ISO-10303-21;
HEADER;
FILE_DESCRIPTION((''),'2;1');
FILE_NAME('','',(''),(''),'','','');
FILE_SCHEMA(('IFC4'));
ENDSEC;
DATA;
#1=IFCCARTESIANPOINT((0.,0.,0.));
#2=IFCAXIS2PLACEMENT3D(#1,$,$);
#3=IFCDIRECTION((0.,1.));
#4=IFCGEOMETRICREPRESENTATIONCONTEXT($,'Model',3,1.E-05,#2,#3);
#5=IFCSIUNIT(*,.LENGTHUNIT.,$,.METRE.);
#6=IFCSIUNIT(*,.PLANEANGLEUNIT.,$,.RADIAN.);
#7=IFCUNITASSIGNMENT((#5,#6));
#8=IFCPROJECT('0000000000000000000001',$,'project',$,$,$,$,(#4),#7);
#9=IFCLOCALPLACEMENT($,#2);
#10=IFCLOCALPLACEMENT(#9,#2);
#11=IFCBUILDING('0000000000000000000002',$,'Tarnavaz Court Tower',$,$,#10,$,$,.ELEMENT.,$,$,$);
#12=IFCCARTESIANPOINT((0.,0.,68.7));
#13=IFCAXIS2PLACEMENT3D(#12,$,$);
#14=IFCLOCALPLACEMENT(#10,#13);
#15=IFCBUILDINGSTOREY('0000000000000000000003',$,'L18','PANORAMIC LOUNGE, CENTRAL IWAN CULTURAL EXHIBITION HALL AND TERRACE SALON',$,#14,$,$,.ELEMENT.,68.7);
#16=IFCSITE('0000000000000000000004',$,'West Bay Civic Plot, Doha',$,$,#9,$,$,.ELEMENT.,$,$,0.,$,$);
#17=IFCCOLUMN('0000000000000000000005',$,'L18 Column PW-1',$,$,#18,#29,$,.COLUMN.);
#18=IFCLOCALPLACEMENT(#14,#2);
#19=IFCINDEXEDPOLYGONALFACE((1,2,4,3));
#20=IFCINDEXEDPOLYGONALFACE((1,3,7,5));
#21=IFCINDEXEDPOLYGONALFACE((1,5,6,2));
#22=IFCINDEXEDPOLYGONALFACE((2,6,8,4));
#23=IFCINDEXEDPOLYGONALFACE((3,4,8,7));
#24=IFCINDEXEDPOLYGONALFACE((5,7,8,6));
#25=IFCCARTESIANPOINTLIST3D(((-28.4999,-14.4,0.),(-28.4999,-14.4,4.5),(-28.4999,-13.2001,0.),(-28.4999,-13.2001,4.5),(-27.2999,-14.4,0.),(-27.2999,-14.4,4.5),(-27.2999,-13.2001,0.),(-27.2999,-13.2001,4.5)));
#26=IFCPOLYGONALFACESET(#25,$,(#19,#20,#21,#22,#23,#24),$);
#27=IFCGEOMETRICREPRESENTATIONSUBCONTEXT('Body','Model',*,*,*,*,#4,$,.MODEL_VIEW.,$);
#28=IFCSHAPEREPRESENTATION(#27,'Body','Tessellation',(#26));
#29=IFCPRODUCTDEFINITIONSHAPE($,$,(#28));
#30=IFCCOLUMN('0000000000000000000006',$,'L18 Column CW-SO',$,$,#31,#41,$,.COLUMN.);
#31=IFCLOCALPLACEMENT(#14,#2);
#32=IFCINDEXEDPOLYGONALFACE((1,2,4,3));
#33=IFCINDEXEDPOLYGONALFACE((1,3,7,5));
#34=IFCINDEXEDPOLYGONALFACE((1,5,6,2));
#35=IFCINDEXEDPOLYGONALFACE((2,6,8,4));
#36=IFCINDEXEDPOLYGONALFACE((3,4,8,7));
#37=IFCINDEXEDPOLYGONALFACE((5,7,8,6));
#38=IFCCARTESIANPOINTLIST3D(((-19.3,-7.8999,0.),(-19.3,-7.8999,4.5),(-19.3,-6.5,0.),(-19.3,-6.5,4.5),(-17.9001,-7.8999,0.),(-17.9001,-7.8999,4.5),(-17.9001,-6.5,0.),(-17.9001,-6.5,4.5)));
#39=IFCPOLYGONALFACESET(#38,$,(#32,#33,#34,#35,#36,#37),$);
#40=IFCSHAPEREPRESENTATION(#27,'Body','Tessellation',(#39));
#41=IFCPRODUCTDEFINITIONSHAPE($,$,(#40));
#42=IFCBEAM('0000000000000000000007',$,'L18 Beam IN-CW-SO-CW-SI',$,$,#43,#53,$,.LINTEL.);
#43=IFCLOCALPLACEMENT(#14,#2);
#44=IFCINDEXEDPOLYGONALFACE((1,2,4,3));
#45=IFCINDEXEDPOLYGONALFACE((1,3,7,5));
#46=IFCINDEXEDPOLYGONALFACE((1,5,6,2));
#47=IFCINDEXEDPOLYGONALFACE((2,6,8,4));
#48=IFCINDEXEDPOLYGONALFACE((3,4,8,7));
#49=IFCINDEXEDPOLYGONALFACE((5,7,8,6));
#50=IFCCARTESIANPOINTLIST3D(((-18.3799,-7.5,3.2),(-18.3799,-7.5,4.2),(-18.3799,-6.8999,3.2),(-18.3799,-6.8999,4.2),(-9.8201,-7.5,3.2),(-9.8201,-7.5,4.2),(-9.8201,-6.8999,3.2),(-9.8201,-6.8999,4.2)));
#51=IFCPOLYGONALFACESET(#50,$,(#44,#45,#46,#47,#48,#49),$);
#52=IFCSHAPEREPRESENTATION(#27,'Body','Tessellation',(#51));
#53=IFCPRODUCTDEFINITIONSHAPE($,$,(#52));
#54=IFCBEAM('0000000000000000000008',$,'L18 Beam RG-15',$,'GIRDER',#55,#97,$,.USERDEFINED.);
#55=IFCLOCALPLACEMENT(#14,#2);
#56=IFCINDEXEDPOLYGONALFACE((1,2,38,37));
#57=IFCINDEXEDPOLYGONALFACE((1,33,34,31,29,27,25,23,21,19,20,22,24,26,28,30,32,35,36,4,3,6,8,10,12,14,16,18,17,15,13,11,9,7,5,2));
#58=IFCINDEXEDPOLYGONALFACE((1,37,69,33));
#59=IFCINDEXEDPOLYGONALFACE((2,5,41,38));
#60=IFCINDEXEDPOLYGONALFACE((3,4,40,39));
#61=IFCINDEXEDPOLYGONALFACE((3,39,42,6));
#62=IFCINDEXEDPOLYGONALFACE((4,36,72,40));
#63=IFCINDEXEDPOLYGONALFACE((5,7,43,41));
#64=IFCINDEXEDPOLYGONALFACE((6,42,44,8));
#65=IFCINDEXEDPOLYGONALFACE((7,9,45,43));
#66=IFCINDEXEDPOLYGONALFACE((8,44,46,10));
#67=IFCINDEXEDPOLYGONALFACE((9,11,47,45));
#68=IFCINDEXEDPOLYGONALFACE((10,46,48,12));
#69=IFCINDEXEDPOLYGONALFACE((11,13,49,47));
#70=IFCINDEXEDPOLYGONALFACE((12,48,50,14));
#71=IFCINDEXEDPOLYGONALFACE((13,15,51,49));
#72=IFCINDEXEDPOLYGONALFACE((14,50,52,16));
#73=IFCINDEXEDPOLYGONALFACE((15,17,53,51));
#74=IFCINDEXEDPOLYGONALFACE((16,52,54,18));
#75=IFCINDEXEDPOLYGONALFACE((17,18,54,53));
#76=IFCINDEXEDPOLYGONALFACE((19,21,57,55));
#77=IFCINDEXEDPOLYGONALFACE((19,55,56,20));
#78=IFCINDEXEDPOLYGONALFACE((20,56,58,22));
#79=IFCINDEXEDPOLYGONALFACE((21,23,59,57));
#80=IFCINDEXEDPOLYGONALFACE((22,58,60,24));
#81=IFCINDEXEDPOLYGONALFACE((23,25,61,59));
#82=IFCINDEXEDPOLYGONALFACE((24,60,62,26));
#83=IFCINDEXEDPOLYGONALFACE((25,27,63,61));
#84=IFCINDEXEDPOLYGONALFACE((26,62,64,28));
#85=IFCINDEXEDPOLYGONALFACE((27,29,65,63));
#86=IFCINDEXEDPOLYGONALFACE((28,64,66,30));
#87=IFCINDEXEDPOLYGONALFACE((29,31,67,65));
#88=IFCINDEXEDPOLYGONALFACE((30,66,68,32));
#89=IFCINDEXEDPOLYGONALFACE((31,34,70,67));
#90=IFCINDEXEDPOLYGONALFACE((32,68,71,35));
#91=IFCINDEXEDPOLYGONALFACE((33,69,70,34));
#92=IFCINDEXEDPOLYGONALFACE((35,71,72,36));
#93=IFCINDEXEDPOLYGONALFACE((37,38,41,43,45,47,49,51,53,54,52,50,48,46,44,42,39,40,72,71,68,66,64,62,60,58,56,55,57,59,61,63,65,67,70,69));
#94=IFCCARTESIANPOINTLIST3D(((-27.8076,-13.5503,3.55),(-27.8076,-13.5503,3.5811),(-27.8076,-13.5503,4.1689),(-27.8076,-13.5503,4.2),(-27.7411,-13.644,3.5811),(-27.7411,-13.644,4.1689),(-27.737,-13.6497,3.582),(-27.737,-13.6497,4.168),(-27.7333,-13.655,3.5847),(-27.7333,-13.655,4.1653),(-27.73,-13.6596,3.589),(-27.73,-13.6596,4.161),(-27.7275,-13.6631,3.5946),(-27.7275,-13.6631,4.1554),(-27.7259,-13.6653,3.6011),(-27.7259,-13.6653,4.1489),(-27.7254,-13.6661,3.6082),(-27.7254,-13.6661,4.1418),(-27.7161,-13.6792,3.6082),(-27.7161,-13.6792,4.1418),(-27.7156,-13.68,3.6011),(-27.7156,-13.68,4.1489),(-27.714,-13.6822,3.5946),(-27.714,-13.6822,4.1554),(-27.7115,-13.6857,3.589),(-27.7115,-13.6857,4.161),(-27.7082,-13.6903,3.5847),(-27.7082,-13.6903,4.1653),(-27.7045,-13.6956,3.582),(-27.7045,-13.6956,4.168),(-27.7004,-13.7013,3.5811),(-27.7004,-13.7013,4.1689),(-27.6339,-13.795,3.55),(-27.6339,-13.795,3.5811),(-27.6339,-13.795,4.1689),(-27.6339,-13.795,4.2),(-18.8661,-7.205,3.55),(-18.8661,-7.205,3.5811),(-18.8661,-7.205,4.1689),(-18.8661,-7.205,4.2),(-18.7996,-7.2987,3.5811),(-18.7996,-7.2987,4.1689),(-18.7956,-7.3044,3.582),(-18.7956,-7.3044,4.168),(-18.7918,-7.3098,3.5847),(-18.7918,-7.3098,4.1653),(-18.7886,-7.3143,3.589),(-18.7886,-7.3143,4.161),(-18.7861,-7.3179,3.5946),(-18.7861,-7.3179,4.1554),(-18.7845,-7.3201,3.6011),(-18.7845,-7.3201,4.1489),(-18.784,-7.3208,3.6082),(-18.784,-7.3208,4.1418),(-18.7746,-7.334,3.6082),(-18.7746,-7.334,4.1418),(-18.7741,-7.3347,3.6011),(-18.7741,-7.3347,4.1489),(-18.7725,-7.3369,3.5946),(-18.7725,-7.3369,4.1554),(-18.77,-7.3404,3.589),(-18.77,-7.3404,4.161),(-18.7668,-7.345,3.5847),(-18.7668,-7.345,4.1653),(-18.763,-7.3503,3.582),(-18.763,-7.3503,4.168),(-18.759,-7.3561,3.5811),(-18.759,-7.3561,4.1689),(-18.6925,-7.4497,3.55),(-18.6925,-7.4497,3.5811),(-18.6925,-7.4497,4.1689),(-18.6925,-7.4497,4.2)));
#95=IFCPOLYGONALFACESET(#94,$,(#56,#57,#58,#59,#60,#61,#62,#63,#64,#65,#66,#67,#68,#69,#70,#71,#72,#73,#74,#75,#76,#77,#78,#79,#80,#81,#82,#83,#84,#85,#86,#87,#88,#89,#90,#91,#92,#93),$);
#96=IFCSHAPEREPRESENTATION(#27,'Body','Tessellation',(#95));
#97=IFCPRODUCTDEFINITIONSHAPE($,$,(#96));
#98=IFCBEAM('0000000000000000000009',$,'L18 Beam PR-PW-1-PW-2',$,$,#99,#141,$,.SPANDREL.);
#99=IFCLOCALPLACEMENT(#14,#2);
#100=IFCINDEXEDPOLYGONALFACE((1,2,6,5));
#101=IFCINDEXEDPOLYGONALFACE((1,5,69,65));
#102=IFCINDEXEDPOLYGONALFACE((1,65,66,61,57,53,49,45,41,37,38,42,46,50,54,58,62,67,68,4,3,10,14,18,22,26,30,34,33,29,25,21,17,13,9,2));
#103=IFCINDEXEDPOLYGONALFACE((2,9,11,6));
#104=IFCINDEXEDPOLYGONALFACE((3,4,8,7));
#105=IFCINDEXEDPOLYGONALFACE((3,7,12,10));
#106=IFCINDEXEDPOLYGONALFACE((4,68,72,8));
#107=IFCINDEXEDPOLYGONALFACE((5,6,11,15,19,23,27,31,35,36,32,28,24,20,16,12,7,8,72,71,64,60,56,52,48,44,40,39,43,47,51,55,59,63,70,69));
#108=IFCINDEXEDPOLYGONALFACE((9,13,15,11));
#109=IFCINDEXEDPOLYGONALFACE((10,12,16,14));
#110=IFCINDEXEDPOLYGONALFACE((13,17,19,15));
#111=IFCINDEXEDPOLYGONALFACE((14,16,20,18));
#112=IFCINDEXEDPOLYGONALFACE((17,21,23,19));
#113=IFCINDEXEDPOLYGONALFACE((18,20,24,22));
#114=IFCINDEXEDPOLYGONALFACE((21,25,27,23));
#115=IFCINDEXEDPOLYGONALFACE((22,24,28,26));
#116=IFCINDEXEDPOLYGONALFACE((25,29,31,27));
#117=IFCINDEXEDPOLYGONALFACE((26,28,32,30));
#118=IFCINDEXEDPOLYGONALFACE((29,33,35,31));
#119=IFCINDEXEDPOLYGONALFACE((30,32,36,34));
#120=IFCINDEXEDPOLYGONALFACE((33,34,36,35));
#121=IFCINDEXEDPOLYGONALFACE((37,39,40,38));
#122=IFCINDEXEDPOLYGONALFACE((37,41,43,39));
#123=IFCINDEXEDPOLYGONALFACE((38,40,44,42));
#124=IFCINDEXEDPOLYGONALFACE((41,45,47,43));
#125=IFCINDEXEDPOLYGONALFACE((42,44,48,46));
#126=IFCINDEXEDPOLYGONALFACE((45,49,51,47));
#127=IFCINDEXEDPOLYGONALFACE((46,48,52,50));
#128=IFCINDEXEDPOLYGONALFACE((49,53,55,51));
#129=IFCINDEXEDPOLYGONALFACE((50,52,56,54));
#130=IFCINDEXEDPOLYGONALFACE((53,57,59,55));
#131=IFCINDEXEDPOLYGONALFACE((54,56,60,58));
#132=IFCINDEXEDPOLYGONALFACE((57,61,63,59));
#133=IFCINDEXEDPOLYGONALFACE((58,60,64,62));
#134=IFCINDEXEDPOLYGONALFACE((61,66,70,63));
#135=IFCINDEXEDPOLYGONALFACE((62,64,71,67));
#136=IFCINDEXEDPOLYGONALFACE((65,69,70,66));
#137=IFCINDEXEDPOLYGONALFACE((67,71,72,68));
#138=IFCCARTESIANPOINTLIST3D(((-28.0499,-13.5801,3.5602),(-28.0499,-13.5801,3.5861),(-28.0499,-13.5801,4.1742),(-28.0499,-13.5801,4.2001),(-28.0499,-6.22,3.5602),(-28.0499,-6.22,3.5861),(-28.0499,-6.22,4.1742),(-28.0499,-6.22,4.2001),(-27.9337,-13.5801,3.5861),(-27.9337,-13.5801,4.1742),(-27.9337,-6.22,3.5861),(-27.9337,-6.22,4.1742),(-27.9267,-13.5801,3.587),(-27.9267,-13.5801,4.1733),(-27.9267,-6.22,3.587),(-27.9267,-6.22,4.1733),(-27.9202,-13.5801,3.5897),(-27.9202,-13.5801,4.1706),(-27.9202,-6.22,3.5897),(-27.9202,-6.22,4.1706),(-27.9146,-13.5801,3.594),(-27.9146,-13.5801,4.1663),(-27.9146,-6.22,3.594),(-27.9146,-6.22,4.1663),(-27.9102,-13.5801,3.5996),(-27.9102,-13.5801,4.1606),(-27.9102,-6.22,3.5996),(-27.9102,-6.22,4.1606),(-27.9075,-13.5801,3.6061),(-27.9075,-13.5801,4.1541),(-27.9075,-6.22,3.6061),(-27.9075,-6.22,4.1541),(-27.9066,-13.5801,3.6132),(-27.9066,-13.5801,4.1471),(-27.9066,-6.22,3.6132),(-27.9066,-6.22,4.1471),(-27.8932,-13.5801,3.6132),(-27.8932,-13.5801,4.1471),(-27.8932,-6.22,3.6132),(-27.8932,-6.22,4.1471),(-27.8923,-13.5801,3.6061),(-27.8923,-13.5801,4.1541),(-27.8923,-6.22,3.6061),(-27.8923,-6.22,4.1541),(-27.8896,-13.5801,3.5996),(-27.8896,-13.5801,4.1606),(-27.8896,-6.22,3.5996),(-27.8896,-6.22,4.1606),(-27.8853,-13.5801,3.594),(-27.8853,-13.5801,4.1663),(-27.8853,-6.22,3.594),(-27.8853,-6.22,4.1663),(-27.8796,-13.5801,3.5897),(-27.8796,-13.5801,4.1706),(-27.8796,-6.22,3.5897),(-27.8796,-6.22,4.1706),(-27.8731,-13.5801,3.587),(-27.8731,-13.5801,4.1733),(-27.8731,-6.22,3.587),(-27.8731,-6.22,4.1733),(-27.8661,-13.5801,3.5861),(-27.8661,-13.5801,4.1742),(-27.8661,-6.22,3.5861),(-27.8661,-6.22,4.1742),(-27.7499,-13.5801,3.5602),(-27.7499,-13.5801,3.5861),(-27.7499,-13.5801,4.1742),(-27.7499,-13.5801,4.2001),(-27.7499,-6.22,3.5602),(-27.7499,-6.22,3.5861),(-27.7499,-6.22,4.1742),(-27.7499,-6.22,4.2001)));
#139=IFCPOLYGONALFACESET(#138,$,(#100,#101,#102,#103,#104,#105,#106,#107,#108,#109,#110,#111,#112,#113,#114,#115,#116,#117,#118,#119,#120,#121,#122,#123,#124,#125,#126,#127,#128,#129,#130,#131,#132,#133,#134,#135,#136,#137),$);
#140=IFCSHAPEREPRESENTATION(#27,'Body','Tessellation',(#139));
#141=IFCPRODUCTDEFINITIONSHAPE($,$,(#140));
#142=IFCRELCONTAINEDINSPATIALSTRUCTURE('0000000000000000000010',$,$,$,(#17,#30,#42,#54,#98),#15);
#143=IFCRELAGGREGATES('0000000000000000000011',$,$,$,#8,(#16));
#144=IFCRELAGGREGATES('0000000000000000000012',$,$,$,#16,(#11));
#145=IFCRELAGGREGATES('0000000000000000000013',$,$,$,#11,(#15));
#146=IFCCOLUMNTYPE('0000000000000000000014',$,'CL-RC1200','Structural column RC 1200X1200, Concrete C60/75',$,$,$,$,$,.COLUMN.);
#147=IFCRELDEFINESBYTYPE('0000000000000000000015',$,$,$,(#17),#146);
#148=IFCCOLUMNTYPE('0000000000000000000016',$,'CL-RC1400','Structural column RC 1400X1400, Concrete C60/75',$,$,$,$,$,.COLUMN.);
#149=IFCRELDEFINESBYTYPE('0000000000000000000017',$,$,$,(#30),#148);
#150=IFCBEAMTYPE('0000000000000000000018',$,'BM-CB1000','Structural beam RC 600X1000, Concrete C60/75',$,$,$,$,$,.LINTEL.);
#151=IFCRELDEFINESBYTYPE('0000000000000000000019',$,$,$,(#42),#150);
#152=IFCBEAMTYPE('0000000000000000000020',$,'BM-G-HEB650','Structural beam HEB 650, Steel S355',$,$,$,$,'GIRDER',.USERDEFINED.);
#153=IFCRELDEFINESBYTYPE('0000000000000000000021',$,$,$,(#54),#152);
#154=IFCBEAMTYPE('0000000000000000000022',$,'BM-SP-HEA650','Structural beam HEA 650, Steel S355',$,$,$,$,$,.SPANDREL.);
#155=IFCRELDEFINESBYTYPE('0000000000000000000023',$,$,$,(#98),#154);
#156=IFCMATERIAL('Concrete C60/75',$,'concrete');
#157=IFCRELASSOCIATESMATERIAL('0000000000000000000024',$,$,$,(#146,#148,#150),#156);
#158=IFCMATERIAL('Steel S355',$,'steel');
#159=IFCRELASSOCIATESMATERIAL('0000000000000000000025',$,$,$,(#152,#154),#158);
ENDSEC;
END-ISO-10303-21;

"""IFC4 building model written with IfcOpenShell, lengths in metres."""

from ifc_helpers import new_model, si_unit, direction, frame, origin, origin_2d, place, context, subcontext, project, spatial, rectangle, i_section, extrude, material, material_profile, profile_set, type_object, element, save


model = new_model("IFC4")

# Units and contexts
model_context = context("Model", 3, precision=1e-05, world=origin(), true_north=direction((0.0, 1.0)))
body_context = subcontext(model_context, "Body", "Model", "MODEL_VIEW")
ifc_project = project(units=[si_unit("LENGTHUNIT", "METRE"), si_unit("PLANEANGLEUNIT", "RADIAN")], contexts=[model_context])

# Site, building, storey
site_placement = place(None, origin())
site = spatial("IfcSite", under=ifc_project, at=site_placement, Name="West Bay Civic Plot, Doha", CompositionType="ELEMENT", RefElevation=0.0)
building_placement = place(site_placement, origin())
building = spatial("IfcBuilding", under=site, at=building_placement, Name="Tarnavaz Court Tower", CompositionType="ELEMENT")
storey_placement = place(building_placement, frame((0.0, 0.0, 68.7)))
storey = spatial("IfcBuildingStorey", under=building, at=storey_placement, Name="L18", Description="PANORAMIC LOUNGE, CENTRAL IWAN CULTURAL EXHIBITION HALL AND TERRACE SALON", CompositionType="ELEMENT", Elevation=68.7)

# Columns
ifc_material_1 = material(Name="Concrete C60/75", Category="concrete")
ifc_material_profile_1 = material_profile(ifc_material_1, rectangle(XDim=1.2, YDim=1.2, at=origin_2d()), Name="RC 1200X1200")
ifc_profile_set_1 = profile_set([ifc_material_profile_1], Name="Concrete C60/75")
column_type_1 = type_object("IfcColumnType", Name="CL-RC1200", Description="Structural column RC 1200X1200, Concrete C60/75", PredefinedType="COLUMN", material=ifc_profile_set_1)
column_1_placement = place(storey_placement, frame((-27.8999, -13.8, 0.0), z_axis=(0.0, 0.0, 1.0), x_axis=(1.0, 0.0, 0.0)))
element("IfcColumn", 1, at=column_1_placement, inside=storey, type_object=column_type_1, Name="L18 Column PW-1", PredefinedType="COLUMN", context=body_context, shape_type="SweptSolid", body=[
    extrude(rectangle(XDim=1.2, YDim=1.2, at=origin_2d()), origin(), (0.0, 0.0, 1.0), 4.5),
])
ifc_material_profile_2 = material_profile(ifc_material_1, rectangle(XDim=1.3999, YDim=1.3999, at=origin_2d()), Name="RC 1400X1400")
ifc_profile_set_2 = profile_set([ifc_material_profile_2], Name="Concrete C60/75")
column_type_2 = type_object("IfcColumnType", Name="CL-RC1400", Description="Structural column RC 1400X1400, Concrete C60/75", PredefinedType="COLUMN", material=ifc_profile_set_2)
column_2_placement = place(storey_placement, frame((-18.6001, -7.2, 0.0), z_axis=(0.0, 0.0, 1.0), x_axis=(1.0, 0.0, 0.0)))
element("IfcColumn", 2, at=column_2_placement, inside=storey, type_object=column_type_2, Name="L18 Column CW-SO", PredefinedType="COLUMN", context=body_context, shape_type="SweptSolid", body=[
    extrude(rectangle(XDim=1.3999, YDim=1.3999, at=origin_2d()), origin(), (0.0, 0.0, 1.0), 4.5),
])

# Beams
ifc_material_profile_3 = material_profile(ifc_material_1, rectangle(XDim=0.6001, YDim=1.0, at=origin_2d()), Name="RC 600X1000")
ifc_profile_set_3 = profile_set([ifc_material_profile_3], Name="Concrete C60/75")
beam_type_1 = type_object("IfcBeamType", Name="BM-CB1000", Description="Structural beam RC 600X1000, Concrete C60/75", PredefinedType="LINTEL", material=ifc_profile_set_3)
beam_1_placement = place(storey_placement, frame((-18.3799, -7.2, 3.7), z_axis=(1.0, 0.0, 0.0), x_axis=(0.0, 1.0, 0.0)))
element("IfcBeam", 3, at=beam_1_placement, inside=storey, type_object=beam_type_1, Name="L18 Beam IN-CW-SO-CW-SI", PredefinedType="LINTEL", context=body_context, shape_type="SweptSolid", body=[
    extrude(rectangle(XDim=0.6001, YDim=1.0, at=origin_2d()), origin(), (0.0, 0.0, 1.0), 8.5598),
])
ifc_material_2 = material(Name="Steel S355", Category="steel")
ifc_material_profile_4 = material_profile(ifc_material_2, i_section(OverallWidth=0.3, OverallDepth=0.6499, WebThickness=0.0161, FlangeThickness=0.031, FilletRadius=0.0271, at=origin_2d()), Name="HEB 650")
ifc_profile_set_4 = profile_set([ifc_material_profile_4], Name="Steel S355")
beam_type_2 = type_object("IfcBeamType", Name="BM-G-HEB650", Description="Structural beam HEB 650, Steel S355", ElementType="GIRDER", PredefinedType="USERDEFINED", material=ifc_profile_set_4)
beam_2_placement = place(storey_placement, frame((-18.7793, -7.3274, 3.875), z_axis=(-0.81552, -0.578729, 0.0), x_axis=(0.578729, -0.81552, 0.0)))
element("IfcBeam", 4, at=beam_2_placement, inside=storey, type_object=beam_type_2, Name="L18 Beam RG-15", ObjectType="GIRDER", PredefinedType="USERDEFINED", context=body_context, shape_type="SweptSolid", body=[
    extrude(i_section(OverallWidth=0.3, OverallDepth=0.6499, WebThickness=0.0161, FlangeThickness=0.031, FilletRadius=0.0271, at=origin_2d()), origin(), (0.0, 0.0, 1.0), 10.9641),
])
ifc_material_profile_5 = material_profile(ifc_material_2, i_section(OverallWidth=0.3, OverallDepth=0.6399, WebThickness=0.0134, FlangeThickness=0.0259, FilletRadius=0.0271, at=origin_2d()), Name="HEA 650")
ifc_profile_set_5 = profile_set([ifc_material_profile_5], Name="Steel S355")
beam_type_3 = type_object("IfcBeamType", Name="BM-SP-HEA650", Description="Structural beam HEA 650, Steel S355", PredefinedType="SPANDREL", material=ifc_profile_set_5)
beam_3_placement = place(storey_placement, frame((-27.8999, -13.5801, 3.8801), z_axis=(0.0, 1.0, 0.0), x_axis=(-1.0, 0.0, 0.0)))
element("IfcBeam", 5, at=beam_3_placement, inside=storey, type_object=beam_type_3, Name="L18 Beam PR-PW-1-PW-2", PredefinedType="SPANDREL", context=body_context, shape_type="SweptSolid", body=[
    extrude(i_section(OverallWidth=0.3, OverallDepth=0.6399, WebThickness=0.0134, FlangeThickness=0.0259, FilletRadius=0.0271, at=origin_2d()), origin(), (0.0, 0.0, 1.0), 7.3601),
])

save(model, "model.ifc")
